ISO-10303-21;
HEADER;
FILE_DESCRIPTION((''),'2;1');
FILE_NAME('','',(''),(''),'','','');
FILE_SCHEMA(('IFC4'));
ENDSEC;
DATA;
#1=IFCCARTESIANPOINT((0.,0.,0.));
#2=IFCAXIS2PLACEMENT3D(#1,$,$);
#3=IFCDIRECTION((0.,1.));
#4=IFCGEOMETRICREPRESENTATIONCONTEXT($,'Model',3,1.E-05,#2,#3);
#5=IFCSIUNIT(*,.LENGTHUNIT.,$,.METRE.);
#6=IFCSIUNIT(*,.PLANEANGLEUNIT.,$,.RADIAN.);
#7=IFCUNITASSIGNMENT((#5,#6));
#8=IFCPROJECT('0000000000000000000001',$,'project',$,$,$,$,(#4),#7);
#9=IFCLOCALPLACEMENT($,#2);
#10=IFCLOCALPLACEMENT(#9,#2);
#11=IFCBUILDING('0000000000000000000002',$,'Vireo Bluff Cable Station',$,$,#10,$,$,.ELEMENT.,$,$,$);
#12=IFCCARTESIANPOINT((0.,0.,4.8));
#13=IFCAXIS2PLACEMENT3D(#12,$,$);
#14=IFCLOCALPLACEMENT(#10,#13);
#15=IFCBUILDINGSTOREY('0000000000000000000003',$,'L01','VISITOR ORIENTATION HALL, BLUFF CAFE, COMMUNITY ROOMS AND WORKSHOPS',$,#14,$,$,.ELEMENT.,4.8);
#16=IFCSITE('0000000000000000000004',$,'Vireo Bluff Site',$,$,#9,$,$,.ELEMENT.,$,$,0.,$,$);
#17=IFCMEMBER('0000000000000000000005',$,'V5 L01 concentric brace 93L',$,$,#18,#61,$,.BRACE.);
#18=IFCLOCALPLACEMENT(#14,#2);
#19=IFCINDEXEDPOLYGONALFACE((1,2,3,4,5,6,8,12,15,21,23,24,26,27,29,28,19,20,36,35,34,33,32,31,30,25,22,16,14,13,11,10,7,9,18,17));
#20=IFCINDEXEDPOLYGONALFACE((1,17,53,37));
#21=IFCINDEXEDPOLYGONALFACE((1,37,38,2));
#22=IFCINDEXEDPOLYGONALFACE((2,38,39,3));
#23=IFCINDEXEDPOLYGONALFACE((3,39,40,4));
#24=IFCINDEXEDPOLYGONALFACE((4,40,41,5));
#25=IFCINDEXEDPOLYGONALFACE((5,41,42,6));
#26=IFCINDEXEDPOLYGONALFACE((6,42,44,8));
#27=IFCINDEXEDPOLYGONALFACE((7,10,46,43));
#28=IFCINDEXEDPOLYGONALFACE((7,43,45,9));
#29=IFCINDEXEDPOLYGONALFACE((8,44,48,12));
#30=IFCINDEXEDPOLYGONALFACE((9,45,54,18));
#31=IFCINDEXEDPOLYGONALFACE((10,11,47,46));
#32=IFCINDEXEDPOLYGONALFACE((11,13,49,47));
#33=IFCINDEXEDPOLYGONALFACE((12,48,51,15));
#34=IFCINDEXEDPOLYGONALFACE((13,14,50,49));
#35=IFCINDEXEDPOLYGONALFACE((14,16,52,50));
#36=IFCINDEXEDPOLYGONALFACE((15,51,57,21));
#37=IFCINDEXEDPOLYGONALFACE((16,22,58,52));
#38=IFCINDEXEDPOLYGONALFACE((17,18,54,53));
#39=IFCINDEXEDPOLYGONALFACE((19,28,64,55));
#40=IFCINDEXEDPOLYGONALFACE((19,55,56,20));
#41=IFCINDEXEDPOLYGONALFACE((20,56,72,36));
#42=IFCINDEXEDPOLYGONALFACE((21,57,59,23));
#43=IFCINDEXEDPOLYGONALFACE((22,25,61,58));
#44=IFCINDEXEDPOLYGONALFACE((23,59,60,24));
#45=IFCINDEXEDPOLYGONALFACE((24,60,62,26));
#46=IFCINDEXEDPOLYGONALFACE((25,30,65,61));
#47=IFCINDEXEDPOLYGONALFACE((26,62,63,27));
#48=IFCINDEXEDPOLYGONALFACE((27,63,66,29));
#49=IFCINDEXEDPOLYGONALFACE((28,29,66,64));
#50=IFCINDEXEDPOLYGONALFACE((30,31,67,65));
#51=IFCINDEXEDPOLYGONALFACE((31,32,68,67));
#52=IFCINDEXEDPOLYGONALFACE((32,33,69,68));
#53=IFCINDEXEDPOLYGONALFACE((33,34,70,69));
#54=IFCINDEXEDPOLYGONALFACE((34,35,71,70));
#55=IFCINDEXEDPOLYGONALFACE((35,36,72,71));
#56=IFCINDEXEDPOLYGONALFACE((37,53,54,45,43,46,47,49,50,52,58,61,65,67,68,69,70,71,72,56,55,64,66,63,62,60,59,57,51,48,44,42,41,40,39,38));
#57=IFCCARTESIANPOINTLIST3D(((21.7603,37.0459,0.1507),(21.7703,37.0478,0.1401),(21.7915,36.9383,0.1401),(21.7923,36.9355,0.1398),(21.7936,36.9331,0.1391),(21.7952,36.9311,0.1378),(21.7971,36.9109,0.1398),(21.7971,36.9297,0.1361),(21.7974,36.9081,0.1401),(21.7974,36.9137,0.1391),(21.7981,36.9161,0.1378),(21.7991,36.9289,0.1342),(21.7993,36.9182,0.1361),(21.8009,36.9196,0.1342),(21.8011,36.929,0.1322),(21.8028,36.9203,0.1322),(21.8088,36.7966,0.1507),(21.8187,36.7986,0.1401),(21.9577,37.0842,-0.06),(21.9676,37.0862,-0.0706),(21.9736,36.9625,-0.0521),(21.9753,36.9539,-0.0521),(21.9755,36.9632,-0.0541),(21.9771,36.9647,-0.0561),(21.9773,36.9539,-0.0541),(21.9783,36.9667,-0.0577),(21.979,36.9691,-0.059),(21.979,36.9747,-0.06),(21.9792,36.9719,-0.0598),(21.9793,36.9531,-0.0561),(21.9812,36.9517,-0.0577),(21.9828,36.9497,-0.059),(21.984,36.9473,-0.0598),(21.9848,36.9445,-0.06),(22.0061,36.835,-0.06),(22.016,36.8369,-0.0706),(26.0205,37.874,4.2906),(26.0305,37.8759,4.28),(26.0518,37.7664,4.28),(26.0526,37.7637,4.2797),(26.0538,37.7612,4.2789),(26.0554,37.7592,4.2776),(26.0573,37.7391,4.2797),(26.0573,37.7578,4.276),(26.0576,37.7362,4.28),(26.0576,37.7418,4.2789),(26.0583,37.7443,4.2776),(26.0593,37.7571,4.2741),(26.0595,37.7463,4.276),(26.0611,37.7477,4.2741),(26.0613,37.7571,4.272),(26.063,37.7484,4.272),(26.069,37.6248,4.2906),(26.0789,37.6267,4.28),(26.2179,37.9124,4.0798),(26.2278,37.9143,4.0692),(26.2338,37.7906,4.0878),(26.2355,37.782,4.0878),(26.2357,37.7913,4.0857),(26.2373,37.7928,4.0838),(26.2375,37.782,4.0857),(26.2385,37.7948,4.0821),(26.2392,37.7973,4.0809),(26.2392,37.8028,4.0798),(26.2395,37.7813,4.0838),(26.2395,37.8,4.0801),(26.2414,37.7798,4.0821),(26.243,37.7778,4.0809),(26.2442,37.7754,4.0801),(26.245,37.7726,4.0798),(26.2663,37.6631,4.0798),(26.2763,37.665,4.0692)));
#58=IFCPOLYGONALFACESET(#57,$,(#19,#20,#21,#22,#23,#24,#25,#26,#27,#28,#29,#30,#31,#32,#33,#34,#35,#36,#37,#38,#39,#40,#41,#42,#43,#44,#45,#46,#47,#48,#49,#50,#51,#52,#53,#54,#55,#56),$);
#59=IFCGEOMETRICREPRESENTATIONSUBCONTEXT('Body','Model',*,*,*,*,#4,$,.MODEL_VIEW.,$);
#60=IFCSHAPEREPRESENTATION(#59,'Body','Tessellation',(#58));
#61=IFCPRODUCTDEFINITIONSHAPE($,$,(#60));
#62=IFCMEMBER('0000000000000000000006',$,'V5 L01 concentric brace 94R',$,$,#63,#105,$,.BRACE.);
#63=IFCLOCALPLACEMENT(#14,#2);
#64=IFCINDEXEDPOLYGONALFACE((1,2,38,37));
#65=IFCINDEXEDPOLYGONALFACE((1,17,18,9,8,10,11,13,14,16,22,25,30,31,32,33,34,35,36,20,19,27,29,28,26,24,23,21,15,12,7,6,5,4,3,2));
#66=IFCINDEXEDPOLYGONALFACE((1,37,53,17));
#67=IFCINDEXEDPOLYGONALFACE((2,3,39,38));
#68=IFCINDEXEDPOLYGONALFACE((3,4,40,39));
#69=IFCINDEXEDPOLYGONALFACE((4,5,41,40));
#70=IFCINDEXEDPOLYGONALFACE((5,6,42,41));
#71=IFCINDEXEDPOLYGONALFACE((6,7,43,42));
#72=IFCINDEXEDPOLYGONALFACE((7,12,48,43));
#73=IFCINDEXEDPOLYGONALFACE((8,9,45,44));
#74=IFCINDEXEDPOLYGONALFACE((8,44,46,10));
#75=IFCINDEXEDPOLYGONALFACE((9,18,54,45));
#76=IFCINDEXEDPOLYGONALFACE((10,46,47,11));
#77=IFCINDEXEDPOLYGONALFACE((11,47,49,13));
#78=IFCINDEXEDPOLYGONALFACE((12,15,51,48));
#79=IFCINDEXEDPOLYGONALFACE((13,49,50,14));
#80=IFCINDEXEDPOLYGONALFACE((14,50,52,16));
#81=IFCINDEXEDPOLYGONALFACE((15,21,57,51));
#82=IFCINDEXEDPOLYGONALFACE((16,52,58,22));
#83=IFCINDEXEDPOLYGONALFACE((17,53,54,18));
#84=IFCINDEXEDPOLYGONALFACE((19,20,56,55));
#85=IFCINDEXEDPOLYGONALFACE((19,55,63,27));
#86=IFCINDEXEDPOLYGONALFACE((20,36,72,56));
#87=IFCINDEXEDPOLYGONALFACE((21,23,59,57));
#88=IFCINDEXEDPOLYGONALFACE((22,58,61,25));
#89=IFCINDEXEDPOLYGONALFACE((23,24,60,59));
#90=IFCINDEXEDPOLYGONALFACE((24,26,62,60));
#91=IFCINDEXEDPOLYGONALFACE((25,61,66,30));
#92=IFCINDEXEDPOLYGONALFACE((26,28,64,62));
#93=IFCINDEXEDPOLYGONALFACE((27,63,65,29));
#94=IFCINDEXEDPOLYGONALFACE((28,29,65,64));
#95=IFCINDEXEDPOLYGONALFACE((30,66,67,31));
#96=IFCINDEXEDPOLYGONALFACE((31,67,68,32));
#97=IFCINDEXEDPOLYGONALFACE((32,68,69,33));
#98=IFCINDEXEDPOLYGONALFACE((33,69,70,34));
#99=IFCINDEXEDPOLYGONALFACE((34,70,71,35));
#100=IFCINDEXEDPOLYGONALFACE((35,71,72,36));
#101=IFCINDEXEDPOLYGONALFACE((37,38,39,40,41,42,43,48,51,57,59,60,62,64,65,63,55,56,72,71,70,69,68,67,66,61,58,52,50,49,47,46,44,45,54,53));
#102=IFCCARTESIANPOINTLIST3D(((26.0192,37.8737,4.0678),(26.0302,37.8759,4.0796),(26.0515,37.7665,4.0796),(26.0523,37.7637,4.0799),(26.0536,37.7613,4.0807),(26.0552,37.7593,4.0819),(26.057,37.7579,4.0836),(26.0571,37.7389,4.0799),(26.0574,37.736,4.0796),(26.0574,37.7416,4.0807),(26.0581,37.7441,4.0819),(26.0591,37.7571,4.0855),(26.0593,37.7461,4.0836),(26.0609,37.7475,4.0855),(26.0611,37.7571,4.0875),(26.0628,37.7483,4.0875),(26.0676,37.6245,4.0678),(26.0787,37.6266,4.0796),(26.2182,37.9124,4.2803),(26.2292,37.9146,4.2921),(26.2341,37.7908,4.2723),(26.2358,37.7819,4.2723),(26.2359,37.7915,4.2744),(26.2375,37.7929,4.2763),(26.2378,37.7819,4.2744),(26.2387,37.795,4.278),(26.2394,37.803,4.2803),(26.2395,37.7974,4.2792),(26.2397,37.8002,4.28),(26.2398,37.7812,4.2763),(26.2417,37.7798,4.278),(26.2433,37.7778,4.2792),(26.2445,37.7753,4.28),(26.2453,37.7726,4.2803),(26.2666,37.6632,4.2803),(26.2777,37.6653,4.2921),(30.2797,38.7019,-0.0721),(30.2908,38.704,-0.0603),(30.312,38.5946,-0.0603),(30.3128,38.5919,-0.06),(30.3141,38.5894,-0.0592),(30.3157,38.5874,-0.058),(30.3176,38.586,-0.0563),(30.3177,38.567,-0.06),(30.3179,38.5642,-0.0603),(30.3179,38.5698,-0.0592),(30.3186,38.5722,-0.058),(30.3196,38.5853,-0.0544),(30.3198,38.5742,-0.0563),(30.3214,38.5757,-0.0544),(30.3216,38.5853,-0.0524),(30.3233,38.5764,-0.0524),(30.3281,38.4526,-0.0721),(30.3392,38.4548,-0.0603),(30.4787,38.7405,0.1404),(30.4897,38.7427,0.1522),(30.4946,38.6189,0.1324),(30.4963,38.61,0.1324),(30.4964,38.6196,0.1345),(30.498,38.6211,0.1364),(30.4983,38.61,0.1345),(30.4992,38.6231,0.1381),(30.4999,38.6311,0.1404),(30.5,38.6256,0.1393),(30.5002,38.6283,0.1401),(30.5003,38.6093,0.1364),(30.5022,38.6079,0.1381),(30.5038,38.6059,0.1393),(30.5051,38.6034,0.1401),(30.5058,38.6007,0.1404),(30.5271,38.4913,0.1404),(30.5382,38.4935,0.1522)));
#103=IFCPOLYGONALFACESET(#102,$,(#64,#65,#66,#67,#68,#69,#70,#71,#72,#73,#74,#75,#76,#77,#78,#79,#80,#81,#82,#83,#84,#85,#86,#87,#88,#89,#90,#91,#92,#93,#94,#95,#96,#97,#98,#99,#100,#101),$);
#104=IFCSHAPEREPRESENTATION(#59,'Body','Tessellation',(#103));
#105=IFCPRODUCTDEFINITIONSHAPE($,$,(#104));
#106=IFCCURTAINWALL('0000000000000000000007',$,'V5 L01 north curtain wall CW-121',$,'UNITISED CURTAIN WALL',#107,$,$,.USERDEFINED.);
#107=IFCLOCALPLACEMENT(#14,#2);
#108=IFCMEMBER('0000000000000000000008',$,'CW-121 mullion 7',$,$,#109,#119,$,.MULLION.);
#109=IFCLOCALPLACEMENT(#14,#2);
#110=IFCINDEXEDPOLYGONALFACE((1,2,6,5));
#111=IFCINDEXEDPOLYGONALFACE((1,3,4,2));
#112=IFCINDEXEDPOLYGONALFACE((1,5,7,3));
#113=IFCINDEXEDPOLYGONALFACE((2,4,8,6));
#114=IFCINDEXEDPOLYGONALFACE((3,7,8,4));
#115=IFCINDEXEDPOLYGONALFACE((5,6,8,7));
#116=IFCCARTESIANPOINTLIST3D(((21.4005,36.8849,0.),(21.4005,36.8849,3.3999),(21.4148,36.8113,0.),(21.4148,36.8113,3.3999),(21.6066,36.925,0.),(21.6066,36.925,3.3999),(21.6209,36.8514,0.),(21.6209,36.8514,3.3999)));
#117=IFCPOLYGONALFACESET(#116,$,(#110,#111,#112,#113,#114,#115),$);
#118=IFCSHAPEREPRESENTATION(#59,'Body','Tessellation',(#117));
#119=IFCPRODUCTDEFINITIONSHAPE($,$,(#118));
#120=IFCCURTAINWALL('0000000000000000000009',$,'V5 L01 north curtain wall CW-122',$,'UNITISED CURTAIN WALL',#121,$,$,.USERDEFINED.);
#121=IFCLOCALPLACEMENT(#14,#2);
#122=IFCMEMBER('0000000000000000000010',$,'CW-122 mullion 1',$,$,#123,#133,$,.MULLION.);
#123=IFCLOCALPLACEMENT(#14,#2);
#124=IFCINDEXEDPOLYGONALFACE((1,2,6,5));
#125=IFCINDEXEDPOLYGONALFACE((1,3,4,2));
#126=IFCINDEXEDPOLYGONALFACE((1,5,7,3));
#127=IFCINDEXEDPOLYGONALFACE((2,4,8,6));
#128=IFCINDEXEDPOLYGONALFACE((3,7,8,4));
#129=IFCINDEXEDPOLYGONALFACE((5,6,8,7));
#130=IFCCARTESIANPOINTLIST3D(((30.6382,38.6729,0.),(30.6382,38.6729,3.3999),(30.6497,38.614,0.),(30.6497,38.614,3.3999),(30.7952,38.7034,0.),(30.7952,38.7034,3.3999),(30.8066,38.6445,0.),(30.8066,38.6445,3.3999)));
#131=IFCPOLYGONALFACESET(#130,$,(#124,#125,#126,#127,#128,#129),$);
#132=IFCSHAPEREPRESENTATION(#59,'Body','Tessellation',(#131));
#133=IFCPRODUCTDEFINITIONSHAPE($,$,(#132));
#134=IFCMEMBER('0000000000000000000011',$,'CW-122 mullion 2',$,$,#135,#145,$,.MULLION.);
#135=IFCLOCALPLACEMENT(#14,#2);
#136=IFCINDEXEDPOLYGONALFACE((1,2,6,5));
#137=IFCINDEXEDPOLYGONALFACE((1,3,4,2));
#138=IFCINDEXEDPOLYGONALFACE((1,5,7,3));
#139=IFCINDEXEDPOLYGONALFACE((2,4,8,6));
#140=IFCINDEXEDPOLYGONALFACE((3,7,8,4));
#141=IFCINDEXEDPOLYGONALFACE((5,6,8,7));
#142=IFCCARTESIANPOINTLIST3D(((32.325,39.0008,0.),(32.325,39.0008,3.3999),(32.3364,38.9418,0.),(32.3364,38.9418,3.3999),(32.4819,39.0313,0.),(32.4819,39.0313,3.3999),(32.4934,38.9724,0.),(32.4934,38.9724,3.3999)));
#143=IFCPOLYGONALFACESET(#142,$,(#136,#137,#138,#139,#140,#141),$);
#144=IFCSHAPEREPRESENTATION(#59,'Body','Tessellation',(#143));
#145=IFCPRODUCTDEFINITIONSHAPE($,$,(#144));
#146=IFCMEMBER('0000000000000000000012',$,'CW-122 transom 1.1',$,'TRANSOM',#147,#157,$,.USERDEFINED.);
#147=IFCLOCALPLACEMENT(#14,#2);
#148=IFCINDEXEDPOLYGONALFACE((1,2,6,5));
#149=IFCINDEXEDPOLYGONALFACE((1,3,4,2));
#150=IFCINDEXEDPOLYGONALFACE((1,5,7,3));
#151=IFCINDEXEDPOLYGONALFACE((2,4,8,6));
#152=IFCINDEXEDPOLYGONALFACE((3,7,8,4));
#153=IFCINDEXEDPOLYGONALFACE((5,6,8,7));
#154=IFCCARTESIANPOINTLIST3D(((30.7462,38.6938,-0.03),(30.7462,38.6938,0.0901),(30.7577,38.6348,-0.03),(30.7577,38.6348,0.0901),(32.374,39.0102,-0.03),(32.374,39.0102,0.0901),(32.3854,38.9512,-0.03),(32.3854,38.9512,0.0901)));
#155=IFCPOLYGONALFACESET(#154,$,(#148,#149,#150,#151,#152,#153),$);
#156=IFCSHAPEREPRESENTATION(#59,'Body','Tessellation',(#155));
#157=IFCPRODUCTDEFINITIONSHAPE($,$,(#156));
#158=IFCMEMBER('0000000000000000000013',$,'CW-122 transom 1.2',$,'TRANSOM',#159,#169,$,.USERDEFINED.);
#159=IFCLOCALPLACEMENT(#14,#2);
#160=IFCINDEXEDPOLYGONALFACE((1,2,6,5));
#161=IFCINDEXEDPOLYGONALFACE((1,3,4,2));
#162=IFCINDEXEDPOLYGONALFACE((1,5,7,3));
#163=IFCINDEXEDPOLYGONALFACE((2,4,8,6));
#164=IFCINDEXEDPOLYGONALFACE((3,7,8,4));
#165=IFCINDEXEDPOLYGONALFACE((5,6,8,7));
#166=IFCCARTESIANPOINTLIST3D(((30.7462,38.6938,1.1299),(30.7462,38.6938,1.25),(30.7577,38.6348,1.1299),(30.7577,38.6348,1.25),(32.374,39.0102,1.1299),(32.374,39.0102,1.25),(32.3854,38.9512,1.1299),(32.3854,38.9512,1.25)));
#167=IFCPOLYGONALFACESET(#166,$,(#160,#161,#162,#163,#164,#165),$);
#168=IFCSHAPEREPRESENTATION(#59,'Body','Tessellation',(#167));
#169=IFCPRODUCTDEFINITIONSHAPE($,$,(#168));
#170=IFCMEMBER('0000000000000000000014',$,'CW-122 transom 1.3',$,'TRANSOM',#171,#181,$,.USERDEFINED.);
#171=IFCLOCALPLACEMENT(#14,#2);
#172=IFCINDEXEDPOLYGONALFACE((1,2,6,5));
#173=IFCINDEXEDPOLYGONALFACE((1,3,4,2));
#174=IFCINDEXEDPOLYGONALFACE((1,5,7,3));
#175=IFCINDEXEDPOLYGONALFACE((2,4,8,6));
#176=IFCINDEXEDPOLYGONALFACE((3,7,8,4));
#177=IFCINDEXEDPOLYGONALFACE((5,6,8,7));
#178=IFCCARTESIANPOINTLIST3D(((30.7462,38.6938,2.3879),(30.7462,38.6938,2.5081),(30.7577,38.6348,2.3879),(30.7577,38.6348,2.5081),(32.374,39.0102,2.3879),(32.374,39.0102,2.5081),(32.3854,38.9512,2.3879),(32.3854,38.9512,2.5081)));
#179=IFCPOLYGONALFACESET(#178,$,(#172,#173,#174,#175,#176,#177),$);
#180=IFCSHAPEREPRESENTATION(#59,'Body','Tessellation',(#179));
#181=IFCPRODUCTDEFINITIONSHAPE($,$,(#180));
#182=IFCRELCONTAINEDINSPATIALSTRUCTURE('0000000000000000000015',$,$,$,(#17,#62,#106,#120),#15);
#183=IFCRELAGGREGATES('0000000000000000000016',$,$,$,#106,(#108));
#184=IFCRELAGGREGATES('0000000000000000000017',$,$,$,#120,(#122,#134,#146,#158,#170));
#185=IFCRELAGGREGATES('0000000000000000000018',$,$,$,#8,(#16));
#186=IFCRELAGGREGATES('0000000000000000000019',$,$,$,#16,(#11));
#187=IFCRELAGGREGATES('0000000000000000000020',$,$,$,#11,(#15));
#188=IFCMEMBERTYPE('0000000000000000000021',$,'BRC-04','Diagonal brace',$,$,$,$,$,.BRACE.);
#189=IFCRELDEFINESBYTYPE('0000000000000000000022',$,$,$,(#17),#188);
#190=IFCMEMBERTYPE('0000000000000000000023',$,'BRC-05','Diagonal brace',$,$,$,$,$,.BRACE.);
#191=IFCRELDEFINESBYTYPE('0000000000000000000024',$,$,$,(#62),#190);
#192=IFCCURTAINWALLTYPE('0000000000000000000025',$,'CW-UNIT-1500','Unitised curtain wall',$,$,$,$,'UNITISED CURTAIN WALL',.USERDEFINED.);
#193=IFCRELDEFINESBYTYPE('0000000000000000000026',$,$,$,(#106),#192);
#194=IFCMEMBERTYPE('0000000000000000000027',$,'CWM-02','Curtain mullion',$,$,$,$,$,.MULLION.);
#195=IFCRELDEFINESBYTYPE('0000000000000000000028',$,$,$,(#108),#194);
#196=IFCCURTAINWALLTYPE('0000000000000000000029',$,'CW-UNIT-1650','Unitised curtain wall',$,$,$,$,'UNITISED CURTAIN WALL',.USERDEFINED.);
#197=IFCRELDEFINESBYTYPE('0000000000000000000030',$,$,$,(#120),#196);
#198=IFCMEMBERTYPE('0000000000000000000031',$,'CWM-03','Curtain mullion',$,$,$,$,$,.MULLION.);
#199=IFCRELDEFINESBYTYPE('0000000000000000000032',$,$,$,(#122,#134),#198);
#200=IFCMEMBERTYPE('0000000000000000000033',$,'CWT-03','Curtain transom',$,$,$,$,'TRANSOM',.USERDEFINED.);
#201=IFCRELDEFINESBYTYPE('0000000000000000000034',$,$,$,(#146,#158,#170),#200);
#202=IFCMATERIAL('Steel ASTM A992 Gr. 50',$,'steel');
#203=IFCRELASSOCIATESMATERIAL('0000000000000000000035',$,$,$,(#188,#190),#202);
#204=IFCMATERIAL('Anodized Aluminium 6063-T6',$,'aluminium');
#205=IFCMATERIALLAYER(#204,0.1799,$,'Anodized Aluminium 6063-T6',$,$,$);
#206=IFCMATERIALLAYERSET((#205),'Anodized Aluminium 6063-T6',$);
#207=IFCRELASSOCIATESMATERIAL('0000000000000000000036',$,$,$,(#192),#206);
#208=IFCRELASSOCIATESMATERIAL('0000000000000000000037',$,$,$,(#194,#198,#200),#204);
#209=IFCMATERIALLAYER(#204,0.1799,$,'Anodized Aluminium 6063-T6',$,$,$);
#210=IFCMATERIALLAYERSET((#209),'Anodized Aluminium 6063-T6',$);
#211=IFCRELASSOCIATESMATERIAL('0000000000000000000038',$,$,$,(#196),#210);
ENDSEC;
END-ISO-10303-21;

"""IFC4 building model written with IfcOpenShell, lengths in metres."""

from ifc_helpers import new_model, si_unit, direction, frame, origin, origin_2d, place, context, subcontext, project, spatial, rectangle, i_section, extrude, material, layer, layer_set, material_profile, profile_set, type_object, element, aggregate, save


model = new_model("IFC4")

# Units and contexts
model_context = context("Model", 3, precision=1e-05, world=origin(), true_north=direction((0.0, 1.0)))
body_context = subcontext(model_context, "Body", "Model", "MODEL_VIEW")
ifc_project = project(units=[si_unit("LENGTHUNIT", "METRE"), si_unit("PLANEANGLEUNIT", "RADIAN")], contexts=[model_context])

# Site, building, storey
site_placement = place(None, origin())
site = spatial("IfcSite", under=ifc_project, at=site_placement, Name="Vireo Bluff Site", CompositionType="ELEMENT", RefElevation=0.0)
building_placement = place(site_placement, origin())
building = spatial("IfcBuilding", under=site, at=building_placement, Name="Vireo Bluff Cable Station", CompositionType="ELEMENT")
storey_placement = place(building_placement, frame((0.0, 0.0, 4.8)))
storey = spatial("IfcBuildingStorey", under=building, at=storey_placement, Name="L01", Description="VISITOR ORIENTATION HALL, BLUFF CAFE, COMMUNITY ROOMS AND WORKSHOPS", CompositionType="ELEMENT", Elevation=4.8)

# Shared definitions
ifc_material_1 = material(Name="Steel ASTM A992 Gr. 50", Category="steel")

# Members
ifc_material_profile_1 = material_profile(ifc_material_1, i_section(OverallWidth=0.2539, OverallDepth=0.3059, WebThickness=0.0088, FlangeThickness=0.0146, FilletRadius=0.011, at=origin_2d()), Name="W12X53")
ifc_profile_set_1 = profile_set([ifc_material_profile_1], Name="Steel ASTM A992 Gr. 50")
member_type_1 = type_object("IfcMemberType", Name="BRC-04", Description="Diagonal brace", PredefinedType="BRACE", material=ifc_profile_set_1)
member_1_placement = place(storey_placement, frame((21.8882, 36.9414, 0.04), z_axis=(0.710296, 0.13807, 0.690229), x_axis=(-0.190812, 0.981627, 0.0)))
element("IfcMember", 1, at=member_1_placement, inside=storey, type_object=member_type_1, Name="V5 L01 concentric brace 93L", PredefinedType="BRACE", context=body_context, shape_type="SweptSolid", body=[
    extrude(i_section(OverallWidth=0.2539, OverallDepth=0.3059, WebThickness=0.0088, FlangeThickness=0.0146, FilletRadius=0.011, at=origin_2d()), origin(), (0.0, 0.0, 1.0), 5.9978),
])
ifc_material_profile_2 = material_profile(ifc_material_1, i_section(OverallWidth=0.2539, OverallDepth=0.3101, WebThickness=0.009, FlangeThickness=0.0164, FilletRadius=0.011, at=origin_2d()), Name="W12X58")
ifc_profile_set_2 = profile_set([ifc_material_profile_2], Name="Steel ASTM A992 Gr. 50")
member_type_2 = type_object("IfcMemberType", Name="BRC-05", Description="Diagonal brace", PredefinedType="BRACE", material=ifc_profile_set_2)
member_2_placement = place(storey_placement, frame((30.4089, 38.5977, 0.04), z_axis=(-0.710316, -0.138066, 0.690209), x_axis=(0.190802, -0.981629, 0.0)))
element("IfcMember", 2, at=member_2_placement, inside=storey, type_object=member_type_2, Name="V5 L01 concentric brace 94R", PredefinedType="BRACE", context=body_context, shape_type="SweptSolid", body=[
    extrude(i_section(OverallWidth=0.2539, OverallDepth=0.3101, WebThickness=0.009, FlangeThickness=0.0164, FilletRadius=0.011, at=origin_2d()), origin(), (0.0, 0.0, 1.0), 5.998),
])

# Curtain wall, member
ifc_material_2 = material(Name="Anodized Aluminium 6063-T6", Category="aluminium")
ifc_layer_1 = layer(ifc_material_2, 0.1799, Name="Anodized Aluminium 6063-T6")
ifc_layer_set_1 = layer_set([ifc_layer_1], Name="Anodized Aluminium 6063-T6")
curtain_wall_type_1 = type_object("IfcCurtainWallType", Name="CW-UNIT-1500", Description="Unitised curtain wall", ElementType="UNITISED CURTAIN WALL", PredefinedType="USERDEFINED", material=ifc_layer_set_1)
curtain_wall_1_placement = place(storey_placement, origin())
curtain_wall_1 = element("IfcCurtainWall", 3, at=curtain_wall_1_placement, inside=storey, type_object=curtain_wall_type_1, Name="V5 L01 north curtain wall CW-121", ObjectType="UNITISED CURTAIN WALL", PredefinedType="USERDEFINED")
ifc_material_profile_3 = material_profile(ifc_material_2, rectangle(XDim=0.075, YDim=0.21, at=origin_2d()), Name="ALU-M-75X210")
ifc_profile_set_3 = profile_set([ifc_material_profile_3], Name="Anodized Aluminium 6063-T6")
member_type_3 = type_object("IfcMemberType", Name="CWM-02", Description="Curtain mullion", PredefinedType="MULLION", material=ifc_profile_set_3)
member_3_placement = place(storey_placement, frame((21.5107, 36.8682, 0.0), z_axis=(0.0, 0.0, 1.0), x_axis=(-0.190809, 0.981627, 0.0)))
member_3 = element("IfcMember", 4, at=member_3_placement, type_object=member_type_3, Name="CW-121 mullion 7", PredefinedType="MULLION", context=body_context, shape_type="SweptSolid", body=[
    extrude(rectangle(XDim=0.075, YDim=0.21, at=origin_2d()), origin(), (0.0, 0.0, 1.0), 3.3999),
])

# Curtain wall, members
ifc_layer_2 = layer(ifc_material_2, 0.1799, Name="Anodized Aluminium 6063-T6")
ifc_layer_set_2 = layer_set([ifc_layer_2], Name="Anodized Aluminium 6063-T6")
curtain_wall_type_2 = type_object("IfcCurtainWallType", Name="CW-UNIT-1650", Description="Unitised curtain wall", ElementType="UNITISED CURTAIN WALL", PredefinedType="USERDEFINED", material=ifc_layer_set_2)
curtain_wall_2_placement = place(storey_placement, origin())
curtain_wall_2 = element("IfcCurtainWall", 5, at=curtain_wall_2_placement, inside=storey, type_object=curtain_wall_type_2, Name="V5 L01 north curtain wall CW-122", ObjectType="UNITISED CURTAIN WALL", PredefinedType="USERDEFINED")
ifc_material_profile_4 = material_profile(ifc_material_2, rectangle(XDim=0.0601, YDim=0.1599, at=origin_2d()), Name="ALU-M-60X160")
ifc_profile_set_4 = profile_set([ifc_material_profile_4], Name="Anodized Aluminium 6063-T6")
member_type_4 = type_object("IfcMemberType", Name="CWM-03", Description="Curtain mullion", PredefinedType="MULLION", material=ifc_profile_set_4)
member_4_placement = place(storey_placement, frame((30.7224, 38.6587, 0.0), z_axis=(0.0, 0.0, 1.0), x_axis=(-0.190809, 0.981627, 0.0)))
member_4 = element("IfcMember", 6, at=member_4_placement, type_object=member_type_4, Name="CW-122 mullion 1", PredefinedType="MULLION", context=body_context, shape_type="SweptSolid", body=[
    extrude(rectangle(XDim=0.0601, YDim=0.1599, at=origin_2d()), origin(), (0.0, 0.0, 1.0), 3.3999),
])
member_5_placement = place(storey_placement, frame((32.4092, 38.9866, 0.0), z_axis=(0.0, 0.0, 1.0), x_axis=(-0.190809, 0.981627, 0.0)))
member_5 = element("IfcMember", 7, at=member_5_placement, type_object=member_type_4, Name="CW-122 mullion 2", PredefinedType="MULLION", context=body_context, shape_type="SweptSolid", body=[
    extrude(rectangle(XDim=0.0601, YDim=0.1599, at=origin_2d()), origin(), (0.0, 0.0, 1.0), 3.3999),
])
ifc_material_profile_5 = material_profile(ifc_material_2, rectangle(XDim=0.0601, YDim=0.1201, at=origin_2d()), Name="ALU-T-60X120")
ifc_profile_set_5 = profile_set([ifc_material_profile_5], Name="Anodized Aluminium 6063-T6")
member_type_5 = type_object("IfcMemberType", Name="CWT-03", Description="Curtain transom", ElementType="TRANSOM", PredefinedType="USERDEFINED", material=ifc_profile_set_5)
member_6_placement = place(storey_placement, frame((30.752, 38.6643, 0.03), z_axis=(0.981625, 0.190818, 0.0), x_axis=(-0.190818, 0.981625, 0.0)))
member_6 = element("IfcMember", 8, at=member_6_placement, type_object=member_type_5, Name="CW-122 transom 1.1", ObjectType="TRANSOM", PredefinedType="USERDEFINED", context=body_context, shape_type="SweptSolid", body=[
    extrude(rectangle(XDim=0.0601, YDim=0.1201, at=origin_2d()), origin(), (0.0, 0.0, 1.0), 1.6582),
])
member_7_placement = place(storey_placement, frame((30.752, 38.6643, 1.1899), z_axis=(0.981625, 0.190818, 0.0), x_axis=(-0.190818, 0.981625, 0.0)))
member_7 = element("IfcMember", 9, at=member_7_placement, type_object=member_type_5, Name="CW-122 transom 1.2", ObjectType="TRANSOM", PredefinedType="USERDEFINED", context=body_context, shape_type="SweptSolid", body=[
    extrude(rectangle(XDim=0.0601, YDim=0.1201, at=origin_2d()), origin(), (0.0, 0.0, 1.0), 1.6582),
])
member_8_placement = place(storey_placement, frame((30.752, 38.6643, 2.448), z_axis=(0.981625, 0.190818, 0.0), x_axis=(-0.190818, 0.981625, 0.0)))
member_8 = element("IfcMember", 10, at=member_8_placement, type_object=member_type_5, Name="CW-122 transom 1.3", ObjectType="TRANSOM", PredefinedType="USERDEFINED", context=body_context, shape_type="SweptSolid", body=[
    extrude(rectangle(XDim=0.0601, YDim=0.1201, at=origin_2d()), origin(), (0.0, 0.0, 1.0), 1.6582),
])

aggregate(curtain_wall_1, [member_3])
aggregate(curtain_wall_2, [member_4, member_5, member_6, member_7, member_8])

save(model, "model.ifc")
